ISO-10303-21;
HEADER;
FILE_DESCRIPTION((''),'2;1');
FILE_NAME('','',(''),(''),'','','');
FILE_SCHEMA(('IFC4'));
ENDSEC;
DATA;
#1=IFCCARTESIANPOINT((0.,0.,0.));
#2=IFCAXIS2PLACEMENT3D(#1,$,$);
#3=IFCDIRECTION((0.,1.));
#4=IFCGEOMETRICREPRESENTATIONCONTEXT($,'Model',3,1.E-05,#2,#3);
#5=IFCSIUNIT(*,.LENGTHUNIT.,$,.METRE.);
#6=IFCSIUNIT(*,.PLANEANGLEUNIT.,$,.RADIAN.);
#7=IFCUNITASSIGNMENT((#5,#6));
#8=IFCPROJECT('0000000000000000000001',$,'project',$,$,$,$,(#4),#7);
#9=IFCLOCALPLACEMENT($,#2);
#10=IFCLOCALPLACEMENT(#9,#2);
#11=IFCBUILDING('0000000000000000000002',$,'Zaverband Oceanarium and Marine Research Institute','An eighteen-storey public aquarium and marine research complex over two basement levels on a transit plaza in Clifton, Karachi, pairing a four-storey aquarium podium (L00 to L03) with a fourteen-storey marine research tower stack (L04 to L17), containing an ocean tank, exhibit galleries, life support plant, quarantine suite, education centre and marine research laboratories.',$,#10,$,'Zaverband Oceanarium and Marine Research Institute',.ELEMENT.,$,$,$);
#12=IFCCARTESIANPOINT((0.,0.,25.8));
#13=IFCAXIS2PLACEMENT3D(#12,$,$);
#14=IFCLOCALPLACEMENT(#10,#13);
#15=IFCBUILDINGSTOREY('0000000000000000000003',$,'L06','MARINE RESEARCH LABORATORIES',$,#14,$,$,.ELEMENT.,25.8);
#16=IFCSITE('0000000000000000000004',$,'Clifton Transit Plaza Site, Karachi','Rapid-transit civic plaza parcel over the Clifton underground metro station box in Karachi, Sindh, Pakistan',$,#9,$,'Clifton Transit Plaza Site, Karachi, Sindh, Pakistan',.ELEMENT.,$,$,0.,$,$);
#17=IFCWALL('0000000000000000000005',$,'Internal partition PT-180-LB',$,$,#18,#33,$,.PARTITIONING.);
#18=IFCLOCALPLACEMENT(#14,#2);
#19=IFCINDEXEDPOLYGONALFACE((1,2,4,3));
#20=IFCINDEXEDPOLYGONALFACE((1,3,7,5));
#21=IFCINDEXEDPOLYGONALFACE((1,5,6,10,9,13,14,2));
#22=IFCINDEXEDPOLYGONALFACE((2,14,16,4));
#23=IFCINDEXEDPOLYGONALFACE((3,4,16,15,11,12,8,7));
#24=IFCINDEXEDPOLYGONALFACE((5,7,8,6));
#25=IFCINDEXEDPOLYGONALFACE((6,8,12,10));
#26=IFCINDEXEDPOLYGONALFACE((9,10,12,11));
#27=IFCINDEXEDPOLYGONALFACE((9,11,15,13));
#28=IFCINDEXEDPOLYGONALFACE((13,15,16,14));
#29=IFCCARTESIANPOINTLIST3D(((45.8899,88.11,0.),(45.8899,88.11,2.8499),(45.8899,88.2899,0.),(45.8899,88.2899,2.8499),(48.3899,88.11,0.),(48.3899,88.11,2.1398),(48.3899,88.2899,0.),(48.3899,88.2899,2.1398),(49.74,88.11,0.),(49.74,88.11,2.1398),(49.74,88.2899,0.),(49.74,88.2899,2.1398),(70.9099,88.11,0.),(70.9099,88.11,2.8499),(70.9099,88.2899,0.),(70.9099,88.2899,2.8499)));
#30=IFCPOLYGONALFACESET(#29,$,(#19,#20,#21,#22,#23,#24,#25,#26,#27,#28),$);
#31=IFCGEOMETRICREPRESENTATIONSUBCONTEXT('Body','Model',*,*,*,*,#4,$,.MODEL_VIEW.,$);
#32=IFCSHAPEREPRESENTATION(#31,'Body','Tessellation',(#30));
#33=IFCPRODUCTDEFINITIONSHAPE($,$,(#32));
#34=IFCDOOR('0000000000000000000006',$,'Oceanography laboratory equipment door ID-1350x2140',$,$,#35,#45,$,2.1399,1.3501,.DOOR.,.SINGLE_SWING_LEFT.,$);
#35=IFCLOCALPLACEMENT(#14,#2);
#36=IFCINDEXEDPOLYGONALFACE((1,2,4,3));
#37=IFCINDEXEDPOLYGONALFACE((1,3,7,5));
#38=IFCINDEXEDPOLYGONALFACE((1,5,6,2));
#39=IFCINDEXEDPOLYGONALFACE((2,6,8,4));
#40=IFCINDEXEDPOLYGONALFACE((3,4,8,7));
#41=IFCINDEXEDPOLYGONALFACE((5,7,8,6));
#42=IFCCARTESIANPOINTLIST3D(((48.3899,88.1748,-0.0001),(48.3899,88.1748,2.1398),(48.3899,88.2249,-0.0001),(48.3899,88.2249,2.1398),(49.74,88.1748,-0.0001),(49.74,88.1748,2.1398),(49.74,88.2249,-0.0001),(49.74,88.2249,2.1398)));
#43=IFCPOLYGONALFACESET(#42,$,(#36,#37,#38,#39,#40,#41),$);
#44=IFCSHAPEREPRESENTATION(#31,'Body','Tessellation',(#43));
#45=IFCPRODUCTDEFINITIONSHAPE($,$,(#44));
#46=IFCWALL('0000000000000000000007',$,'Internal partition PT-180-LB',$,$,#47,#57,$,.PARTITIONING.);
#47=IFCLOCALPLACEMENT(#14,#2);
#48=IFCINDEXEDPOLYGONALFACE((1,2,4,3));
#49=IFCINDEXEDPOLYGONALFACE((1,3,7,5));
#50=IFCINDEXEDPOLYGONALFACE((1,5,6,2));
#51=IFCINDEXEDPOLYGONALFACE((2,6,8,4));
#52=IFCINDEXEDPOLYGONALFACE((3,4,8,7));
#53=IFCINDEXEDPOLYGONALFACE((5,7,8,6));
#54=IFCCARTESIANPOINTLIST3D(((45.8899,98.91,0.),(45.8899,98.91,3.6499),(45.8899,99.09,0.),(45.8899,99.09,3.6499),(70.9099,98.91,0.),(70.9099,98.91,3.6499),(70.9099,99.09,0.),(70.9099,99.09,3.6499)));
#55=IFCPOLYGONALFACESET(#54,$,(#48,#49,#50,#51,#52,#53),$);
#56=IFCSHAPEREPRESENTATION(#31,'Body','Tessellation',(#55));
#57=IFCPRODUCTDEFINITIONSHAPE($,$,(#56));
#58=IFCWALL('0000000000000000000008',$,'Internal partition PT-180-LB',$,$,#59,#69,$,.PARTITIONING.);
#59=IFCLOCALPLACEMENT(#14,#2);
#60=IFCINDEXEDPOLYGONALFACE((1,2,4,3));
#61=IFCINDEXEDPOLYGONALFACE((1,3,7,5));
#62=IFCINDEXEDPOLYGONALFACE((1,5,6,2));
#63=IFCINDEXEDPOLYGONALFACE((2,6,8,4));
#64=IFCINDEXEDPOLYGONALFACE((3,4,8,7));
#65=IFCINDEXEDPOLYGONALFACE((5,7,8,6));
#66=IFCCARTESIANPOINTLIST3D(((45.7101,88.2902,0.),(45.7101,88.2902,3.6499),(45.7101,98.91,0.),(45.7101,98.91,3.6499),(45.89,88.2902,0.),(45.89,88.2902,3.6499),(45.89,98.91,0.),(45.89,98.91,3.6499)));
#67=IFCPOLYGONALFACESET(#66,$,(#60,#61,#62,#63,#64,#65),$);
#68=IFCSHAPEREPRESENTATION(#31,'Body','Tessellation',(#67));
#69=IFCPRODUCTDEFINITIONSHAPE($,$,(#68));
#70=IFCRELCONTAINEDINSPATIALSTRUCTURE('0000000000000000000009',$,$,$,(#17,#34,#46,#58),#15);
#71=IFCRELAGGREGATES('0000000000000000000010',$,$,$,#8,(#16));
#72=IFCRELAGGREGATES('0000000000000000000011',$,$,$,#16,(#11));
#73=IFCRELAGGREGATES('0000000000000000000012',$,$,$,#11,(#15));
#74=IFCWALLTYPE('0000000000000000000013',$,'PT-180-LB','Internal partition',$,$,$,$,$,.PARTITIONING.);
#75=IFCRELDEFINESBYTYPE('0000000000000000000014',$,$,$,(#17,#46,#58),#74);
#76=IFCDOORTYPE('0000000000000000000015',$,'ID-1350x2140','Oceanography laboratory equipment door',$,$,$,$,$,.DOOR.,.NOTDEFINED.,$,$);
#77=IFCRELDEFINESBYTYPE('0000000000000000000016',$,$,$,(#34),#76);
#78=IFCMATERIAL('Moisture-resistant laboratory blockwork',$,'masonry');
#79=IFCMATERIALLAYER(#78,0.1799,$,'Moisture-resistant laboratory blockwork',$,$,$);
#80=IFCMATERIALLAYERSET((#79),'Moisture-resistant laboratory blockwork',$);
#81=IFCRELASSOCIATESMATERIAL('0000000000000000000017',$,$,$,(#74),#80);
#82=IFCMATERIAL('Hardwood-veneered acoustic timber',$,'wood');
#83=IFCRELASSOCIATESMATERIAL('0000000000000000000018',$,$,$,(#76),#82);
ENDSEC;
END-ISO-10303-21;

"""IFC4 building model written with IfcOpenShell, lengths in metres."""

from ifc_helpers import new_model, si_unit, direction, frame, frame_2d, origin, place, context, subcontext, project, spatial, rectangle, extrude, material, layer, layer_set, type_object, element, fill, save


model = new_model("IFC4")

# Units and contexts
model_context = context("Model", 3, precision=1e-05, world=origin(), true_north=direction((0.0, 1.0)))
body_context = subcontext(model_context, "Body", "Model", "MODEL_VIEW")
ifc_project = project(units=[si_unit("LENGTHUNIT", "METRE"), si_unit("PLANEANGLEUNIT", "RADIAN")], contexts=[model_context])

# Site, building, storey
site_placement = place(None, origin())
site = spatial("IfcSite", under=ifc_project, at=site_placement, Name="Clifton Transit Plaza Site, Karachi", Description="Rapid-transit civic plaza parcel over the Clifton underground metro station box in Karachi, Sindh, Pakistan", LongName="Clifton Transit Plaza Site, Karachi, Sindh, Pakistan", CompositionType="ELEMENT", RefElevation=0.0)
building_placement = place(site_placement, origin())
building = spatial("IfcBuilding", under=site, at=building_placement, Name="Zaverband Oceanarium and Marine Research Institute", Description="An eighteen-storey public aquarium and marine research complex over two basement levels on a transit plaza in Clifton, Karachi, pairing a four-storey aquarium podium (L00 to L03) with a fourteen-storey marine research tower stack (L04 to L17), containing an ocean tank, exhibit galleries, life support plant, quarantine suite, education centre and marine research laboratories.", LongName="Zaverband Oceanarium and Marine Research Institute", CompositionType="ELEMENT")
storey_placement = place(building_placement, frame((0.0, 0.0, 25.8)))
storey = spatial("IfcBuildingStorey", under=building, at=storey_placement, Name="L06", Description="MARINE RESEARCH LABORATORIES", CompositionType="ELEMENT", Elevation=25.8)

# Wall, opening, door
ifc_material_1 = material(Name="Hardwood-veneered acoustic timber", Category="wood")
ifc_material_2 = material(Name="Moisture-resistant laboratory blockwork", Category="masonry")
ifc_layer_1 = layer(ifc_material_2, 0.1799, Name="Moisture-resistant laboratory blockwork")
ifc_layer_set_1 = layer_set([ifc_layer_1], Name="Moisture-resistant laboratory blockwork")
wall_type_1 = type_object("IfcWallType", Name="PT-180-LB", Description="Internal partition", PredefinedType="PARTITIONING", material=ifc_layer_set_1)
wall_1_placement = place(storey_placement, frame((45.8899, 88.2, 0.0), z_axis=(0.0, 0.0, 1.0), x_axis=(1.0, 0.0, 0.0)))
wall_1 = element("IfcWall", 1, at=wall_1_placement, inside=storey, type_object=wall_type_1, Name="Internal partition PT-180-LB", PredefinedType="PARTITIONING", context=body_context, shape_type="SweptSolid", body=[
    extrude(rectangle(XDim=25.02, YDim=0.1799, at=frame_2d((12.51, 0.0))), origin(), (0.0, 0.0, 1.0), 2.8499),
])
opening_1_placement = place(wall_1_placement, frame((2.5, 0.0, 0.0)))
opening_1 = element("IfcOpeningElement", 2, at=opening_1_placement, cuts=wall_1, PredefinedType="OPENING", context=body_context, shape_type="SweptSolid", body=[
    extrude(rectangle(XDim=1.3501, YDim=2.1399, at=frame_2d((0.675, 1.0698))), frame((0.0, 0.1021, 0.0), z_axis=(0.0, -1.0, 0.0), x_axis=(1.0, 0.0, 0.0)), (0.0, 0.0, 1.0), 0.2039),
])
door_type_1 = type_object("IfcDoorType", Name="ID-1350x2140", Description="Oceanography laboratory equipment door", OperationType="NOTDEFINED", PredefinedType="DOOR", material=ifc_material_1)
door_1_placement = place(opening_1_placement, origin())
door_1 = element("IfcDoor", 3, at=door_1_placement, inside=storey, type_object=door_type_1, Name="Oceanography laboratory equipment door ID-1350x2140", OperationType="SINGLE_SWING_LEFT", OverallHeight=2.1399, OverallWidth=1.3501, PredefinedType="DOOR", context=body_context, shape_type="SweptSolid", body=[
    extrude(rectangle(XDim=1.3501, YDim=2.1399, at=frame_2d((0.675, 1.0698))), frame((0.0, 0.0249, 0.0), z_axis=(0.0, -1.0, 0.0), x_axis=(1.0, 0.0, 0.0)), (0.0, 0.0, 1.0), 0.05),
])
fill(opening_1, door_1)

# Walls
wall_2_placement = place(storey_placement, frame((45.8899, 99.0, 0.0), z_axis=(0.0, 0.0, 1.0), x_axis=(1.0, 0.0, 0.0)))
element("IfcWall", 4, at=wall_2_placement, inside=storey, type_object=wall_type_1, Name="Internal partition PT-180-LB", PredefinedType="PARTITIONING", context=body_context, shape_type="SweptSolid", body=[
    extrude(rectangle(XDim=25.02, YDim=0.1799, at=frame_2d((12.51, 0.0))), origin(), (0.0, 0.0, 1.0), 3.6499),
])
wall_3_placement = place(storey_placement, frame((45.8, 88.29, 0.0), z_axis=(0.0, 0.0, 1.0), x_axis=(0.0, 1.0, 0.0)))
element("IfcWall", 5, at=wall_3_placement, inside=storey, type_object=wall_type_1, Name="Internal partition PT-180-LB", PredefinedType="PARTITIONING", context=body_context, shape_type="SweptSolid", body=[
    extrude(rectangle(XDim=10.6199, YDim=0.1799, at=frame_2d((5.3101, 0.0))), origin(), (0.0, 0.0, 1.0), 3.6499),
])

save(model, "model.ifc")
